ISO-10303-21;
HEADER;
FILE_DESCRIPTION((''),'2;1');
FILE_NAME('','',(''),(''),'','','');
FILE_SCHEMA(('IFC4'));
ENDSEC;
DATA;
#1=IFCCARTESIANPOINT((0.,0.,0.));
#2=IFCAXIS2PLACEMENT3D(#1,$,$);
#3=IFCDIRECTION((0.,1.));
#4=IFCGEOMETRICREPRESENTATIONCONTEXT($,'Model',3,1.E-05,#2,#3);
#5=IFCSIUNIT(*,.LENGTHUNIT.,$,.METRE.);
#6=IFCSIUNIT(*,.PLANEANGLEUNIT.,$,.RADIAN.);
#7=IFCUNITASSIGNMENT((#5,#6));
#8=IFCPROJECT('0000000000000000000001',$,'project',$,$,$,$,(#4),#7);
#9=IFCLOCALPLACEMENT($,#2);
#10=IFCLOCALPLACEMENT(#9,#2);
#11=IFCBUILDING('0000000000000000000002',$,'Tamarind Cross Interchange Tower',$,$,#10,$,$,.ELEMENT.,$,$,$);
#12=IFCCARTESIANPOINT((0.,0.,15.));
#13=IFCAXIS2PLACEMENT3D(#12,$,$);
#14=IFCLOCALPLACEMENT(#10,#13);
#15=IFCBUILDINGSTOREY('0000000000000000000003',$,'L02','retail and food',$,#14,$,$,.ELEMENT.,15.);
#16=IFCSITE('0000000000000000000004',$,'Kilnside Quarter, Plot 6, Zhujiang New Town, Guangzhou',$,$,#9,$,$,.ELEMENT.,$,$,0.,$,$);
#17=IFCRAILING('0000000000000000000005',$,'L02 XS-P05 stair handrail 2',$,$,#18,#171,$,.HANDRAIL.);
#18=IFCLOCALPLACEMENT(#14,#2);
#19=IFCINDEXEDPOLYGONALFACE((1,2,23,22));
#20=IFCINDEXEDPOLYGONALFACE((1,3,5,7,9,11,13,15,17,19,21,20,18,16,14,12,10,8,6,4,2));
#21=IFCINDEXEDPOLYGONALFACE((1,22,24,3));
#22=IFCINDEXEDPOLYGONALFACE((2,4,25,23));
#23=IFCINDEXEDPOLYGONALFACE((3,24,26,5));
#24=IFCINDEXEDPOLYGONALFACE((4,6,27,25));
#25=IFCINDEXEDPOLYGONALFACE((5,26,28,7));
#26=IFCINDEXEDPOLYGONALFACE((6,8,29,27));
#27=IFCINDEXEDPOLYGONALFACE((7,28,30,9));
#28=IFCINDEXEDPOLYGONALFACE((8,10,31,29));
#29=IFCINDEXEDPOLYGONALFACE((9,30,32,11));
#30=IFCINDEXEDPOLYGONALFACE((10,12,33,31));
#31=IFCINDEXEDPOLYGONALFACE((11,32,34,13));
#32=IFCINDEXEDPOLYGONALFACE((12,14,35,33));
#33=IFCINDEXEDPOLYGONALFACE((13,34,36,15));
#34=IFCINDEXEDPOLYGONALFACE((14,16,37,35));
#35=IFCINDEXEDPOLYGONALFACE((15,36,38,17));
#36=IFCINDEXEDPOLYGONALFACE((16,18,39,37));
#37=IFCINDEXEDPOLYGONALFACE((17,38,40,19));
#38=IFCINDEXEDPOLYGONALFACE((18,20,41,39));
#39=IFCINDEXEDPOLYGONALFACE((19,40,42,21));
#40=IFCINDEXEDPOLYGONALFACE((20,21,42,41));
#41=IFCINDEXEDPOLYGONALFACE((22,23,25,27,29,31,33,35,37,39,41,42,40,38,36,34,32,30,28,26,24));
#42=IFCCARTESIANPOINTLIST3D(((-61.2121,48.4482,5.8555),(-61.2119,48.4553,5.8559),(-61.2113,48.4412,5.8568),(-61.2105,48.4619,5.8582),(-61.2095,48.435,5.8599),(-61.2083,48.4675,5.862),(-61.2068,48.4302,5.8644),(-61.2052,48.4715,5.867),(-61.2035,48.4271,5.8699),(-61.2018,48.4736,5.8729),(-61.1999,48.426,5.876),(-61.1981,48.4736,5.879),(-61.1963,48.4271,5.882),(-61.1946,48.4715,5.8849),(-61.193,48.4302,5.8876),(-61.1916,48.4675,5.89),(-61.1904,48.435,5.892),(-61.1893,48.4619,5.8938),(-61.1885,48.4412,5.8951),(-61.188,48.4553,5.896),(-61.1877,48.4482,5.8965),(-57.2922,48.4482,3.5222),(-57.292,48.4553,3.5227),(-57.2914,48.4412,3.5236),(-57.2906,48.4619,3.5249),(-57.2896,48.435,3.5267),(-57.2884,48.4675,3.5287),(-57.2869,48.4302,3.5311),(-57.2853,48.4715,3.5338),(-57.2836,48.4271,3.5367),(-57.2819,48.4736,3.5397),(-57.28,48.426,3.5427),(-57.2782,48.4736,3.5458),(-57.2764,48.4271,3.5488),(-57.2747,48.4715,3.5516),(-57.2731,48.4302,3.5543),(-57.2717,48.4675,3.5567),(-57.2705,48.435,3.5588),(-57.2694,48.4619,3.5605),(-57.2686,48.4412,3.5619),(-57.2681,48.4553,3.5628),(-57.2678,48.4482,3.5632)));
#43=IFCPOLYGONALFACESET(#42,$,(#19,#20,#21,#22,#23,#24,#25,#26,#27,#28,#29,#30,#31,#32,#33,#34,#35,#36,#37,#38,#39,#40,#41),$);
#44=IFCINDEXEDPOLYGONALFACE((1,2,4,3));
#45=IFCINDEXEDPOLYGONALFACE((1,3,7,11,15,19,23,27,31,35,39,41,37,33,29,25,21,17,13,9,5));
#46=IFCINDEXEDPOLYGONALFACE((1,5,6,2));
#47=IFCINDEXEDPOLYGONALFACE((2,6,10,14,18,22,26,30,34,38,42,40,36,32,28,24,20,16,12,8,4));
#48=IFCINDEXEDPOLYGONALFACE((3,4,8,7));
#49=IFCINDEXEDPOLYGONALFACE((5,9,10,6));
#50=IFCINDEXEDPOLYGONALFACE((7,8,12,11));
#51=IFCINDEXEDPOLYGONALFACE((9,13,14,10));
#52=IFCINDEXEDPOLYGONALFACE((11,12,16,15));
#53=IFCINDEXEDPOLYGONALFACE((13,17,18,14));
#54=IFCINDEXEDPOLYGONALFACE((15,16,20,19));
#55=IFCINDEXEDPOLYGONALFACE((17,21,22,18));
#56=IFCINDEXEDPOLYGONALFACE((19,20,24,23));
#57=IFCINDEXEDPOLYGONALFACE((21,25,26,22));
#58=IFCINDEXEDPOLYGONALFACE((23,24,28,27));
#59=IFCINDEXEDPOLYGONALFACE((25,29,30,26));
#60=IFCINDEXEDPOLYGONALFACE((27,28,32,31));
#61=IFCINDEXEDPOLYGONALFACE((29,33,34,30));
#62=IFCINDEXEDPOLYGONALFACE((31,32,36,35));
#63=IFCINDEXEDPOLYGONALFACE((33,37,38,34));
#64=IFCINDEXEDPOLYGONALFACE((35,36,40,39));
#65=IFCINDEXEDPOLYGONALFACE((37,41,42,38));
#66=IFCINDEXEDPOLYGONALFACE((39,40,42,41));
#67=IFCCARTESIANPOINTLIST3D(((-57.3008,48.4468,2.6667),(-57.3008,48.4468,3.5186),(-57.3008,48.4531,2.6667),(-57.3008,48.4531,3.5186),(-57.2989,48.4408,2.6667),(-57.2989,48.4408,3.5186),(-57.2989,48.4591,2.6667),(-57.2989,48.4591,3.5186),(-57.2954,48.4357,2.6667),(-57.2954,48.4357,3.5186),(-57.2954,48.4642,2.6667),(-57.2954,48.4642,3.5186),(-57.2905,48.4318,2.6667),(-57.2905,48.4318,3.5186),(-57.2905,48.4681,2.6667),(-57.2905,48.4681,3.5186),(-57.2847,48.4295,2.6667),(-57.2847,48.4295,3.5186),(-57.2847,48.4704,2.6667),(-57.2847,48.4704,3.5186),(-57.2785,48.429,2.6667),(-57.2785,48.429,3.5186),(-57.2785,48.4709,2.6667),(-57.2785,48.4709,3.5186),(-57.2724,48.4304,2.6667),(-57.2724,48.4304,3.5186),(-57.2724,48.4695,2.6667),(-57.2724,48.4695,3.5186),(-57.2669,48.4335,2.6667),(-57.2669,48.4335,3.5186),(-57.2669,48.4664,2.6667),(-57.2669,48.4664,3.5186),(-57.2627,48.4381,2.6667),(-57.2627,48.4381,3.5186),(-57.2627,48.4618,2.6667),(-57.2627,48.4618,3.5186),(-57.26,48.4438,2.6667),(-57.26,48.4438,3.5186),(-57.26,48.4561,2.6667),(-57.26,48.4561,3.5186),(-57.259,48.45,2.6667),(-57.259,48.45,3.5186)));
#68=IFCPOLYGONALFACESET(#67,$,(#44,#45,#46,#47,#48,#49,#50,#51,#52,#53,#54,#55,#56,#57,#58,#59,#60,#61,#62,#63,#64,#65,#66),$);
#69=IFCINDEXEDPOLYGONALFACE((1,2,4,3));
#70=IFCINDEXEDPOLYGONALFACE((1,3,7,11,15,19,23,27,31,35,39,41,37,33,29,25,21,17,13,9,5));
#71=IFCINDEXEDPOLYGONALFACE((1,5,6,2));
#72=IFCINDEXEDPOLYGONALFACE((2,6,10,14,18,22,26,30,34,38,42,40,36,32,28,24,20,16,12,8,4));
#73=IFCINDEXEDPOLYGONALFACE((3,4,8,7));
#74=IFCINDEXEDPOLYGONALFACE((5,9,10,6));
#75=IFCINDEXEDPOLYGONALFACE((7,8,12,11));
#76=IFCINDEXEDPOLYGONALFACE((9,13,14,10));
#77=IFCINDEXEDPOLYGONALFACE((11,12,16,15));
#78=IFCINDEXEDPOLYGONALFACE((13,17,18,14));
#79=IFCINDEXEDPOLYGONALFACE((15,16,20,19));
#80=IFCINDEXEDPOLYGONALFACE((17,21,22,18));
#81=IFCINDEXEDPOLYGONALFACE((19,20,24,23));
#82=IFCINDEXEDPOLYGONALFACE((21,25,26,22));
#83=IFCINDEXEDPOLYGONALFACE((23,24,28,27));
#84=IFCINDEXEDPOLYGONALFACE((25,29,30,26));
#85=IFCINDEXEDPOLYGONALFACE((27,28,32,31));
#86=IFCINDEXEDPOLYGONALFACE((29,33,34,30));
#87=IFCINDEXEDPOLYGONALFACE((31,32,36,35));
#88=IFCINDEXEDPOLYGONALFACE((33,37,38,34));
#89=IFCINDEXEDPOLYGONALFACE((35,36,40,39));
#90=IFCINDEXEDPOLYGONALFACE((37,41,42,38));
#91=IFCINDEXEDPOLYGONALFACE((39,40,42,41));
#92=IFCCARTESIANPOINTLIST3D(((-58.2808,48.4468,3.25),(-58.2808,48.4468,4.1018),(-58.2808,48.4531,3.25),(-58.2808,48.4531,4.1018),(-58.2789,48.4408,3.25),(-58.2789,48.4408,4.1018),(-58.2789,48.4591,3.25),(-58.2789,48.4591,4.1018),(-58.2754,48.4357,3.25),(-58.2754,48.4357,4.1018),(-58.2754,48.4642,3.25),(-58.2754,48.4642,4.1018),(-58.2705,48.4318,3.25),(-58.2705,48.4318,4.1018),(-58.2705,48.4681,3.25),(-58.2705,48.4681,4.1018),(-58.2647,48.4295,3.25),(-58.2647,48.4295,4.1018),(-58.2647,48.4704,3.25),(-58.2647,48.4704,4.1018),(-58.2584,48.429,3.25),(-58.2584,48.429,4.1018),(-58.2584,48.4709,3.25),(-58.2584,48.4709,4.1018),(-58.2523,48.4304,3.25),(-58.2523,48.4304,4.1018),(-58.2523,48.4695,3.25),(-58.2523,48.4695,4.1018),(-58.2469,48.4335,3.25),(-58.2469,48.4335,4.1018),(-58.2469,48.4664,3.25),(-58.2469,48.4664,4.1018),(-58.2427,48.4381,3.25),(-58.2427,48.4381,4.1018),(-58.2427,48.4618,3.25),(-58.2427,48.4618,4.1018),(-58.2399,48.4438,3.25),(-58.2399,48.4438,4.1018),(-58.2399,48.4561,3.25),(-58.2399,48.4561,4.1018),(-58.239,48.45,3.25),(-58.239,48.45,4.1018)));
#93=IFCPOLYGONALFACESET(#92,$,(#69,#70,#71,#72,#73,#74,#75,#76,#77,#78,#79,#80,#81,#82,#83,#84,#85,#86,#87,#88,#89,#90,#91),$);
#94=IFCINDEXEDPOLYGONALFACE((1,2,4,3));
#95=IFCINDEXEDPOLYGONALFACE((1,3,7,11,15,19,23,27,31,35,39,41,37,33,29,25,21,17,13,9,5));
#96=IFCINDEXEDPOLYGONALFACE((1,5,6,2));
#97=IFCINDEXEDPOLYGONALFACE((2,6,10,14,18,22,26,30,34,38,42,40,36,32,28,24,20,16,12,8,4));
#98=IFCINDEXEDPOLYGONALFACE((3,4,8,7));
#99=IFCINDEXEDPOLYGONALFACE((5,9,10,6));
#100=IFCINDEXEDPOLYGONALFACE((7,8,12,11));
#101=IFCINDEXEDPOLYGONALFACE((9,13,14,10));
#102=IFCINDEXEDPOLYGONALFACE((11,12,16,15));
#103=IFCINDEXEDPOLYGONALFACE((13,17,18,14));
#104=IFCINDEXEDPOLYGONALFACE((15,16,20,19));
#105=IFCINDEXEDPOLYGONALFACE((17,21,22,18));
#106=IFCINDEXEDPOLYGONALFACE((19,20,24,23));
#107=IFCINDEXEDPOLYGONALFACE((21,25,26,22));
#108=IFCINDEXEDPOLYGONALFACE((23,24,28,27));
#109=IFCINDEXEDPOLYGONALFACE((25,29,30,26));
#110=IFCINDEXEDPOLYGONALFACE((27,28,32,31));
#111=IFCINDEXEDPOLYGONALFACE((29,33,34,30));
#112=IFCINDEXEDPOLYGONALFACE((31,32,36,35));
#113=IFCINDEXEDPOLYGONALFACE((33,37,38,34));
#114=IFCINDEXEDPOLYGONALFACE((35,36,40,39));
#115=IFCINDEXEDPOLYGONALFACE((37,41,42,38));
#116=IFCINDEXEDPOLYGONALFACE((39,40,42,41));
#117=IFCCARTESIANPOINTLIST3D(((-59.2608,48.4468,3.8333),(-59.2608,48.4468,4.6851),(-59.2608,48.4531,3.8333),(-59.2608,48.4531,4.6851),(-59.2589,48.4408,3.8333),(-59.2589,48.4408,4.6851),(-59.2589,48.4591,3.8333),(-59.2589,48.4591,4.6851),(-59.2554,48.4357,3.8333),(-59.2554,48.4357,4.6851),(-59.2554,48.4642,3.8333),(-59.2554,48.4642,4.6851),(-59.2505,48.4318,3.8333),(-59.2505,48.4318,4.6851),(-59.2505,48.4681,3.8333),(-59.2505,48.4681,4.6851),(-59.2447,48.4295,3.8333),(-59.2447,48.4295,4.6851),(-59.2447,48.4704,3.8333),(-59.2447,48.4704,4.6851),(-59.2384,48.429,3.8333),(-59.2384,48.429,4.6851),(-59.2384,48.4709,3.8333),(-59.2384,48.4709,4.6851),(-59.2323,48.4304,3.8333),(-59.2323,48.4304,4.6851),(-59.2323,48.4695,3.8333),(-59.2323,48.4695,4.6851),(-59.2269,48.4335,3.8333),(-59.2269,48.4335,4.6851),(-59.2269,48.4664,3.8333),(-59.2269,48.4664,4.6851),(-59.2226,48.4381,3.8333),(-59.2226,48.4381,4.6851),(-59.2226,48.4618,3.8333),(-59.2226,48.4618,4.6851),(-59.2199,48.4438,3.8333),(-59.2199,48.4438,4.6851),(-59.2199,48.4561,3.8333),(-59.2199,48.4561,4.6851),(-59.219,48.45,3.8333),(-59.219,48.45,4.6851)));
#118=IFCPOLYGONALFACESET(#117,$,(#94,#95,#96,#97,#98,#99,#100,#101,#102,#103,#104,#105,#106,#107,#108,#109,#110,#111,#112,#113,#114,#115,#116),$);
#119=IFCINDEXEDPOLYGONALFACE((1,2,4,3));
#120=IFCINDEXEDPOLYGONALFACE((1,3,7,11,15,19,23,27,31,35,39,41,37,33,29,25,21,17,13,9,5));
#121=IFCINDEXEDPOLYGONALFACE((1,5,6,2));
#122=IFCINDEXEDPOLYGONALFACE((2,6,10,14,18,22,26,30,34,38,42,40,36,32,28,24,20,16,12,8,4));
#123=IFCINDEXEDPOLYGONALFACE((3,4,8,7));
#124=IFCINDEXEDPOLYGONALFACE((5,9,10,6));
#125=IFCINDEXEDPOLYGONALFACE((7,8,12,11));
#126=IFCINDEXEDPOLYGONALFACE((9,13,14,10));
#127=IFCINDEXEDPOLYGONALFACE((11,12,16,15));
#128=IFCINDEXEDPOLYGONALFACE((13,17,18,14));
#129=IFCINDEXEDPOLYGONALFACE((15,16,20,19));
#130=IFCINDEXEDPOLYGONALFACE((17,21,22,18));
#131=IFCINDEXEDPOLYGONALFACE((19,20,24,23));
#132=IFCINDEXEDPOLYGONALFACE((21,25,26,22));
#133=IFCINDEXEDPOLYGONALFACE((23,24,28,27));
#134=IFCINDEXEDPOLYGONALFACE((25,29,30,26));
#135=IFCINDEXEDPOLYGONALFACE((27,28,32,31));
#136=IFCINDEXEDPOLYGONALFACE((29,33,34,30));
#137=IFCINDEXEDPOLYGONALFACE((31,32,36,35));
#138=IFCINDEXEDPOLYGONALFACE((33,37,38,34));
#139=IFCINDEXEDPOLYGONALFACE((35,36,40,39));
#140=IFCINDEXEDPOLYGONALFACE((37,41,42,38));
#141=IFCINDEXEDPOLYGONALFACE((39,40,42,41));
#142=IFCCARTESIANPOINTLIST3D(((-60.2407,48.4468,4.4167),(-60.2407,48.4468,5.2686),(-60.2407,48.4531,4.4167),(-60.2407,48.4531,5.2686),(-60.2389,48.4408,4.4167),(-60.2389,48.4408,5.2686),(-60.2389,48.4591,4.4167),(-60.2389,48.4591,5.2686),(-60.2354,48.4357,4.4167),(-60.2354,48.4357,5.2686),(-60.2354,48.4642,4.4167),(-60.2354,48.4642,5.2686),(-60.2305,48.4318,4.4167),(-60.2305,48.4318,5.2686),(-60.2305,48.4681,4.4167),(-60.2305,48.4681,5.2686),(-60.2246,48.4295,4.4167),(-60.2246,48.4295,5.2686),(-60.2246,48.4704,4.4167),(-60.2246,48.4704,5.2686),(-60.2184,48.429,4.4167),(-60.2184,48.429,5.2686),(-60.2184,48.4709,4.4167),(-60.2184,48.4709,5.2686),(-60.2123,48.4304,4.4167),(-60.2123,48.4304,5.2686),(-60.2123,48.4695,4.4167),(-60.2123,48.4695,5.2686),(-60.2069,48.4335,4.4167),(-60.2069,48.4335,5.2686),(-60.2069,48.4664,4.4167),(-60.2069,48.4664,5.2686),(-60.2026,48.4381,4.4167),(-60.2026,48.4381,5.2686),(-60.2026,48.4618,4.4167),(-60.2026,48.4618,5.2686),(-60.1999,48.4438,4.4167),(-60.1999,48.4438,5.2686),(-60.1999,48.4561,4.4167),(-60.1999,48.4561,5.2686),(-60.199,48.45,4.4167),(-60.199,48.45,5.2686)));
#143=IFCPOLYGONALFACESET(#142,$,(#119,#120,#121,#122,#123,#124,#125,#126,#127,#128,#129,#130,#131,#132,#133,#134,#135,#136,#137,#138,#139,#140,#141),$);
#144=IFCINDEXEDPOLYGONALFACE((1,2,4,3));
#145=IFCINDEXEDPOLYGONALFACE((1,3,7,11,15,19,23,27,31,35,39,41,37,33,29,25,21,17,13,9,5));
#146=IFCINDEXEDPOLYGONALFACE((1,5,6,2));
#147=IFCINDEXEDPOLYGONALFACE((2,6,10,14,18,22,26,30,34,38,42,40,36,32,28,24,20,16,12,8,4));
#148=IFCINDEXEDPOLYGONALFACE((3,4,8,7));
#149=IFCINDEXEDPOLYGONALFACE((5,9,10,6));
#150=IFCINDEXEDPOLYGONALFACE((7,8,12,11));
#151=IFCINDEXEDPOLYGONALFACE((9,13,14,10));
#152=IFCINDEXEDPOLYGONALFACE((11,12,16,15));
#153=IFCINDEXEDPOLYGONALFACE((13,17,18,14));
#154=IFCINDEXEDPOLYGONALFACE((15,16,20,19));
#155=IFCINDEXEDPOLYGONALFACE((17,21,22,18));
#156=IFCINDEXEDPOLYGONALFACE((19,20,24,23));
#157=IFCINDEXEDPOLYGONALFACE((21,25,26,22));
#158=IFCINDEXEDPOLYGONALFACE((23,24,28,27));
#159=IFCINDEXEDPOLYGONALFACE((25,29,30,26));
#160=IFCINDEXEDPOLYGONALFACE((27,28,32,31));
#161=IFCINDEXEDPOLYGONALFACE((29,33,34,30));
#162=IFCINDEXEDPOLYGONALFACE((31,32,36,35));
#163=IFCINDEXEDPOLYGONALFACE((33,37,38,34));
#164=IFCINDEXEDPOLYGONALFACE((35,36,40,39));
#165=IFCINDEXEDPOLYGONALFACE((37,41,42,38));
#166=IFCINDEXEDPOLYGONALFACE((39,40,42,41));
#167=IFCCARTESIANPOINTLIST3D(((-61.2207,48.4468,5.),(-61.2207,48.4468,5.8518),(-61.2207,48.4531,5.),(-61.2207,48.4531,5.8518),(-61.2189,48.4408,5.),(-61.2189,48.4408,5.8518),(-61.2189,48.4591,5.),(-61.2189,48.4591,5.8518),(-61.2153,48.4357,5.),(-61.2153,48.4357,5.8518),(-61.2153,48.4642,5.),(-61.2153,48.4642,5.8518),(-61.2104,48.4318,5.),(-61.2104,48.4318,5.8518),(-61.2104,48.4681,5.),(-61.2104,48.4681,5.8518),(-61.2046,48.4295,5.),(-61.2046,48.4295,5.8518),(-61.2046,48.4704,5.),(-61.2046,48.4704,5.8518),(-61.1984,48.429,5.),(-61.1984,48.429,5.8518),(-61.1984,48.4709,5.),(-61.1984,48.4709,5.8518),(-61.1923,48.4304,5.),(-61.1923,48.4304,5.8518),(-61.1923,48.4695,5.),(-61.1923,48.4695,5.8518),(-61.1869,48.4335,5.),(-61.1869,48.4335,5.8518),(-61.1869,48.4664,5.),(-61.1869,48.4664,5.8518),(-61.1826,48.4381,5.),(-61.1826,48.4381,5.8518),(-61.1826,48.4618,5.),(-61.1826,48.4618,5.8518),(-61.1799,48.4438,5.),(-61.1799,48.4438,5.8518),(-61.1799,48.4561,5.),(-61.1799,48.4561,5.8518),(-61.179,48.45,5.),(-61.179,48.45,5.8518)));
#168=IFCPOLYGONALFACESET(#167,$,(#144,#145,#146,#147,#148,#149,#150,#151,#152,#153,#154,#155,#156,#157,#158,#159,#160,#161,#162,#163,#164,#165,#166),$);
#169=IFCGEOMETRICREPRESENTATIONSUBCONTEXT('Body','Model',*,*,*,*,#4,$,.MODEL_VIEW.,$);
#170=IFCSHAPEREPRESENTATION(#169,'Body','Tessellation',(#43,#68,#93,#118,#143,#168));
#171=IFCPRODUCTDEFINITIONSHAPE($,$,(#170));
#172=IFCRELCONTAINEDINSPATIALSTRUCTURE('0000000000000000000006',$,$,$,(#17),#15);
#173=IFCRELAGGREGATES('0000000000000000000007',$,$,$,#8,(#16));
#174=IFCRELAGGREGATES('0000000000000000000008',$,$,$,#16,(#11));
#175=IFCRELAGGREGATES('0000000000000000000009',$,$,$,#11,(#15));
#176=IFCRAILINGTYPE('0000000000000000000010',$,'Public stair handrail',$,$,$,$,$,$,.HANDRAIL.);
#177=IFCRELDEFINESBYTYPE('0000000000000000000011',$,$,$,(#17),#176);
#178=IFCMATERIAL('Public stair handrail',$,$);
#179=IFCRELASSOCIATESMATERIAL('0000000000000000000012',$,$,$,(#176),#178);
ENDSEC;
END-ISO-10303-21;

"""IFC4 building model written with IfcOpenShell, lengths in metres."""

from ifc_helpers import new_model, si_unit, direction, frame, origin, origin_2d, place, context, subcontext, project, spatial, circle, extrude, material, type_object, element, save


model = new_model("IFC4")

# Units and contexts
model_context = context("Model", 3, precision=1e-05, world=origin(), true_north=direction((0.0, 1.0)))
body_context = subcontext(model_context, "Body", "Model", "MODEL_VIEW")
ifc_project = project(units=[si_unit("LENGTHUNIT", "METRE"), si_unit("PLANEANGLEUNIT", "RADIAN")], contexts=[model_context])

# Site, building, storey
site_placement = place(None, origin())
site = spatial("IfcSite", under=ifc_project, at=site_placement, Name="Kilnside Quarter, Plot 6, Zhujiang New Town, Guangzhou", CompositionType="ELEMENT", RefElevation=0.0)
building_placement = place(site_placement, origin())
building = spatial("IfcBuilding", under=site, at=building_placement, Name="Tamarind Cross Interchange Tower", CompositionType="ELEMENT")
storey_placement = place(building_placement, frame((0.0, 0.0, 15.0)))
storey = spatial("IfcBuildingStorey", under=building, at=storey_placement, Name="L02", Description="retail and food", CompositionType="ELEMENT", Elevation=15.0)

# Railing
ifc_material_1 = material(Name="Public stair handrail")
railing_type_1 = type_object("IfcRailingType", Name="Public stair handrail", PredefinedType="HANDRAIL", material=ifc_material_1)
railing_1_placement = place(storey_placement, frame((-57.28, 48.45, 2.6667)))
element("IfcRailing", 1, at=railing_1_placement, inside=storey, type_object=railing_type_1, Name="L02 XS-P05 stair handrail 2", PredefinedType="HANDRAIL", context=body_context, shape_type="SweptSolid", body=[
    extrude(circle(Radius=0.0239, at=origin_2d()), frame((0.0, 0.0, 0.876), z_axis=(-0.859296, 0.0, 0.511478), x_axis=(0.0, -1.0, 0.0)), (0.0, 0.0, 1.0), 4.5618),
    extrude(circle(Radius=0.021, at=origin_2d()), origin(), (0.0, 0.0, 1.0), 0.8518),
    extrude(circle(Radius=0.021, at=origin_2d()), frame((-0.98, 0.0, 0.5833)), (0.0, 0.0, 1.0), 0.8518),
    extrude(circle(Radius=0.021, at=origin_2d()), frame((-1.96, 0.0, 1.1665)), (0.0, 0.0, 1.0), 0.8518),
    extrude(circle(Radius=0.021, at=origin_2d()), frame((-2.9399, 0.0, 1.75)), (0.0, 0.0, 1.0), 0.8518),
    extrude(circle(Radius=0.021, at=origin_2d()), frame((-3.9199, 0.0, 2.3333)), (0.0, 0.0, 1.0), 0.8518),
])

save(model, "model.ifc")
